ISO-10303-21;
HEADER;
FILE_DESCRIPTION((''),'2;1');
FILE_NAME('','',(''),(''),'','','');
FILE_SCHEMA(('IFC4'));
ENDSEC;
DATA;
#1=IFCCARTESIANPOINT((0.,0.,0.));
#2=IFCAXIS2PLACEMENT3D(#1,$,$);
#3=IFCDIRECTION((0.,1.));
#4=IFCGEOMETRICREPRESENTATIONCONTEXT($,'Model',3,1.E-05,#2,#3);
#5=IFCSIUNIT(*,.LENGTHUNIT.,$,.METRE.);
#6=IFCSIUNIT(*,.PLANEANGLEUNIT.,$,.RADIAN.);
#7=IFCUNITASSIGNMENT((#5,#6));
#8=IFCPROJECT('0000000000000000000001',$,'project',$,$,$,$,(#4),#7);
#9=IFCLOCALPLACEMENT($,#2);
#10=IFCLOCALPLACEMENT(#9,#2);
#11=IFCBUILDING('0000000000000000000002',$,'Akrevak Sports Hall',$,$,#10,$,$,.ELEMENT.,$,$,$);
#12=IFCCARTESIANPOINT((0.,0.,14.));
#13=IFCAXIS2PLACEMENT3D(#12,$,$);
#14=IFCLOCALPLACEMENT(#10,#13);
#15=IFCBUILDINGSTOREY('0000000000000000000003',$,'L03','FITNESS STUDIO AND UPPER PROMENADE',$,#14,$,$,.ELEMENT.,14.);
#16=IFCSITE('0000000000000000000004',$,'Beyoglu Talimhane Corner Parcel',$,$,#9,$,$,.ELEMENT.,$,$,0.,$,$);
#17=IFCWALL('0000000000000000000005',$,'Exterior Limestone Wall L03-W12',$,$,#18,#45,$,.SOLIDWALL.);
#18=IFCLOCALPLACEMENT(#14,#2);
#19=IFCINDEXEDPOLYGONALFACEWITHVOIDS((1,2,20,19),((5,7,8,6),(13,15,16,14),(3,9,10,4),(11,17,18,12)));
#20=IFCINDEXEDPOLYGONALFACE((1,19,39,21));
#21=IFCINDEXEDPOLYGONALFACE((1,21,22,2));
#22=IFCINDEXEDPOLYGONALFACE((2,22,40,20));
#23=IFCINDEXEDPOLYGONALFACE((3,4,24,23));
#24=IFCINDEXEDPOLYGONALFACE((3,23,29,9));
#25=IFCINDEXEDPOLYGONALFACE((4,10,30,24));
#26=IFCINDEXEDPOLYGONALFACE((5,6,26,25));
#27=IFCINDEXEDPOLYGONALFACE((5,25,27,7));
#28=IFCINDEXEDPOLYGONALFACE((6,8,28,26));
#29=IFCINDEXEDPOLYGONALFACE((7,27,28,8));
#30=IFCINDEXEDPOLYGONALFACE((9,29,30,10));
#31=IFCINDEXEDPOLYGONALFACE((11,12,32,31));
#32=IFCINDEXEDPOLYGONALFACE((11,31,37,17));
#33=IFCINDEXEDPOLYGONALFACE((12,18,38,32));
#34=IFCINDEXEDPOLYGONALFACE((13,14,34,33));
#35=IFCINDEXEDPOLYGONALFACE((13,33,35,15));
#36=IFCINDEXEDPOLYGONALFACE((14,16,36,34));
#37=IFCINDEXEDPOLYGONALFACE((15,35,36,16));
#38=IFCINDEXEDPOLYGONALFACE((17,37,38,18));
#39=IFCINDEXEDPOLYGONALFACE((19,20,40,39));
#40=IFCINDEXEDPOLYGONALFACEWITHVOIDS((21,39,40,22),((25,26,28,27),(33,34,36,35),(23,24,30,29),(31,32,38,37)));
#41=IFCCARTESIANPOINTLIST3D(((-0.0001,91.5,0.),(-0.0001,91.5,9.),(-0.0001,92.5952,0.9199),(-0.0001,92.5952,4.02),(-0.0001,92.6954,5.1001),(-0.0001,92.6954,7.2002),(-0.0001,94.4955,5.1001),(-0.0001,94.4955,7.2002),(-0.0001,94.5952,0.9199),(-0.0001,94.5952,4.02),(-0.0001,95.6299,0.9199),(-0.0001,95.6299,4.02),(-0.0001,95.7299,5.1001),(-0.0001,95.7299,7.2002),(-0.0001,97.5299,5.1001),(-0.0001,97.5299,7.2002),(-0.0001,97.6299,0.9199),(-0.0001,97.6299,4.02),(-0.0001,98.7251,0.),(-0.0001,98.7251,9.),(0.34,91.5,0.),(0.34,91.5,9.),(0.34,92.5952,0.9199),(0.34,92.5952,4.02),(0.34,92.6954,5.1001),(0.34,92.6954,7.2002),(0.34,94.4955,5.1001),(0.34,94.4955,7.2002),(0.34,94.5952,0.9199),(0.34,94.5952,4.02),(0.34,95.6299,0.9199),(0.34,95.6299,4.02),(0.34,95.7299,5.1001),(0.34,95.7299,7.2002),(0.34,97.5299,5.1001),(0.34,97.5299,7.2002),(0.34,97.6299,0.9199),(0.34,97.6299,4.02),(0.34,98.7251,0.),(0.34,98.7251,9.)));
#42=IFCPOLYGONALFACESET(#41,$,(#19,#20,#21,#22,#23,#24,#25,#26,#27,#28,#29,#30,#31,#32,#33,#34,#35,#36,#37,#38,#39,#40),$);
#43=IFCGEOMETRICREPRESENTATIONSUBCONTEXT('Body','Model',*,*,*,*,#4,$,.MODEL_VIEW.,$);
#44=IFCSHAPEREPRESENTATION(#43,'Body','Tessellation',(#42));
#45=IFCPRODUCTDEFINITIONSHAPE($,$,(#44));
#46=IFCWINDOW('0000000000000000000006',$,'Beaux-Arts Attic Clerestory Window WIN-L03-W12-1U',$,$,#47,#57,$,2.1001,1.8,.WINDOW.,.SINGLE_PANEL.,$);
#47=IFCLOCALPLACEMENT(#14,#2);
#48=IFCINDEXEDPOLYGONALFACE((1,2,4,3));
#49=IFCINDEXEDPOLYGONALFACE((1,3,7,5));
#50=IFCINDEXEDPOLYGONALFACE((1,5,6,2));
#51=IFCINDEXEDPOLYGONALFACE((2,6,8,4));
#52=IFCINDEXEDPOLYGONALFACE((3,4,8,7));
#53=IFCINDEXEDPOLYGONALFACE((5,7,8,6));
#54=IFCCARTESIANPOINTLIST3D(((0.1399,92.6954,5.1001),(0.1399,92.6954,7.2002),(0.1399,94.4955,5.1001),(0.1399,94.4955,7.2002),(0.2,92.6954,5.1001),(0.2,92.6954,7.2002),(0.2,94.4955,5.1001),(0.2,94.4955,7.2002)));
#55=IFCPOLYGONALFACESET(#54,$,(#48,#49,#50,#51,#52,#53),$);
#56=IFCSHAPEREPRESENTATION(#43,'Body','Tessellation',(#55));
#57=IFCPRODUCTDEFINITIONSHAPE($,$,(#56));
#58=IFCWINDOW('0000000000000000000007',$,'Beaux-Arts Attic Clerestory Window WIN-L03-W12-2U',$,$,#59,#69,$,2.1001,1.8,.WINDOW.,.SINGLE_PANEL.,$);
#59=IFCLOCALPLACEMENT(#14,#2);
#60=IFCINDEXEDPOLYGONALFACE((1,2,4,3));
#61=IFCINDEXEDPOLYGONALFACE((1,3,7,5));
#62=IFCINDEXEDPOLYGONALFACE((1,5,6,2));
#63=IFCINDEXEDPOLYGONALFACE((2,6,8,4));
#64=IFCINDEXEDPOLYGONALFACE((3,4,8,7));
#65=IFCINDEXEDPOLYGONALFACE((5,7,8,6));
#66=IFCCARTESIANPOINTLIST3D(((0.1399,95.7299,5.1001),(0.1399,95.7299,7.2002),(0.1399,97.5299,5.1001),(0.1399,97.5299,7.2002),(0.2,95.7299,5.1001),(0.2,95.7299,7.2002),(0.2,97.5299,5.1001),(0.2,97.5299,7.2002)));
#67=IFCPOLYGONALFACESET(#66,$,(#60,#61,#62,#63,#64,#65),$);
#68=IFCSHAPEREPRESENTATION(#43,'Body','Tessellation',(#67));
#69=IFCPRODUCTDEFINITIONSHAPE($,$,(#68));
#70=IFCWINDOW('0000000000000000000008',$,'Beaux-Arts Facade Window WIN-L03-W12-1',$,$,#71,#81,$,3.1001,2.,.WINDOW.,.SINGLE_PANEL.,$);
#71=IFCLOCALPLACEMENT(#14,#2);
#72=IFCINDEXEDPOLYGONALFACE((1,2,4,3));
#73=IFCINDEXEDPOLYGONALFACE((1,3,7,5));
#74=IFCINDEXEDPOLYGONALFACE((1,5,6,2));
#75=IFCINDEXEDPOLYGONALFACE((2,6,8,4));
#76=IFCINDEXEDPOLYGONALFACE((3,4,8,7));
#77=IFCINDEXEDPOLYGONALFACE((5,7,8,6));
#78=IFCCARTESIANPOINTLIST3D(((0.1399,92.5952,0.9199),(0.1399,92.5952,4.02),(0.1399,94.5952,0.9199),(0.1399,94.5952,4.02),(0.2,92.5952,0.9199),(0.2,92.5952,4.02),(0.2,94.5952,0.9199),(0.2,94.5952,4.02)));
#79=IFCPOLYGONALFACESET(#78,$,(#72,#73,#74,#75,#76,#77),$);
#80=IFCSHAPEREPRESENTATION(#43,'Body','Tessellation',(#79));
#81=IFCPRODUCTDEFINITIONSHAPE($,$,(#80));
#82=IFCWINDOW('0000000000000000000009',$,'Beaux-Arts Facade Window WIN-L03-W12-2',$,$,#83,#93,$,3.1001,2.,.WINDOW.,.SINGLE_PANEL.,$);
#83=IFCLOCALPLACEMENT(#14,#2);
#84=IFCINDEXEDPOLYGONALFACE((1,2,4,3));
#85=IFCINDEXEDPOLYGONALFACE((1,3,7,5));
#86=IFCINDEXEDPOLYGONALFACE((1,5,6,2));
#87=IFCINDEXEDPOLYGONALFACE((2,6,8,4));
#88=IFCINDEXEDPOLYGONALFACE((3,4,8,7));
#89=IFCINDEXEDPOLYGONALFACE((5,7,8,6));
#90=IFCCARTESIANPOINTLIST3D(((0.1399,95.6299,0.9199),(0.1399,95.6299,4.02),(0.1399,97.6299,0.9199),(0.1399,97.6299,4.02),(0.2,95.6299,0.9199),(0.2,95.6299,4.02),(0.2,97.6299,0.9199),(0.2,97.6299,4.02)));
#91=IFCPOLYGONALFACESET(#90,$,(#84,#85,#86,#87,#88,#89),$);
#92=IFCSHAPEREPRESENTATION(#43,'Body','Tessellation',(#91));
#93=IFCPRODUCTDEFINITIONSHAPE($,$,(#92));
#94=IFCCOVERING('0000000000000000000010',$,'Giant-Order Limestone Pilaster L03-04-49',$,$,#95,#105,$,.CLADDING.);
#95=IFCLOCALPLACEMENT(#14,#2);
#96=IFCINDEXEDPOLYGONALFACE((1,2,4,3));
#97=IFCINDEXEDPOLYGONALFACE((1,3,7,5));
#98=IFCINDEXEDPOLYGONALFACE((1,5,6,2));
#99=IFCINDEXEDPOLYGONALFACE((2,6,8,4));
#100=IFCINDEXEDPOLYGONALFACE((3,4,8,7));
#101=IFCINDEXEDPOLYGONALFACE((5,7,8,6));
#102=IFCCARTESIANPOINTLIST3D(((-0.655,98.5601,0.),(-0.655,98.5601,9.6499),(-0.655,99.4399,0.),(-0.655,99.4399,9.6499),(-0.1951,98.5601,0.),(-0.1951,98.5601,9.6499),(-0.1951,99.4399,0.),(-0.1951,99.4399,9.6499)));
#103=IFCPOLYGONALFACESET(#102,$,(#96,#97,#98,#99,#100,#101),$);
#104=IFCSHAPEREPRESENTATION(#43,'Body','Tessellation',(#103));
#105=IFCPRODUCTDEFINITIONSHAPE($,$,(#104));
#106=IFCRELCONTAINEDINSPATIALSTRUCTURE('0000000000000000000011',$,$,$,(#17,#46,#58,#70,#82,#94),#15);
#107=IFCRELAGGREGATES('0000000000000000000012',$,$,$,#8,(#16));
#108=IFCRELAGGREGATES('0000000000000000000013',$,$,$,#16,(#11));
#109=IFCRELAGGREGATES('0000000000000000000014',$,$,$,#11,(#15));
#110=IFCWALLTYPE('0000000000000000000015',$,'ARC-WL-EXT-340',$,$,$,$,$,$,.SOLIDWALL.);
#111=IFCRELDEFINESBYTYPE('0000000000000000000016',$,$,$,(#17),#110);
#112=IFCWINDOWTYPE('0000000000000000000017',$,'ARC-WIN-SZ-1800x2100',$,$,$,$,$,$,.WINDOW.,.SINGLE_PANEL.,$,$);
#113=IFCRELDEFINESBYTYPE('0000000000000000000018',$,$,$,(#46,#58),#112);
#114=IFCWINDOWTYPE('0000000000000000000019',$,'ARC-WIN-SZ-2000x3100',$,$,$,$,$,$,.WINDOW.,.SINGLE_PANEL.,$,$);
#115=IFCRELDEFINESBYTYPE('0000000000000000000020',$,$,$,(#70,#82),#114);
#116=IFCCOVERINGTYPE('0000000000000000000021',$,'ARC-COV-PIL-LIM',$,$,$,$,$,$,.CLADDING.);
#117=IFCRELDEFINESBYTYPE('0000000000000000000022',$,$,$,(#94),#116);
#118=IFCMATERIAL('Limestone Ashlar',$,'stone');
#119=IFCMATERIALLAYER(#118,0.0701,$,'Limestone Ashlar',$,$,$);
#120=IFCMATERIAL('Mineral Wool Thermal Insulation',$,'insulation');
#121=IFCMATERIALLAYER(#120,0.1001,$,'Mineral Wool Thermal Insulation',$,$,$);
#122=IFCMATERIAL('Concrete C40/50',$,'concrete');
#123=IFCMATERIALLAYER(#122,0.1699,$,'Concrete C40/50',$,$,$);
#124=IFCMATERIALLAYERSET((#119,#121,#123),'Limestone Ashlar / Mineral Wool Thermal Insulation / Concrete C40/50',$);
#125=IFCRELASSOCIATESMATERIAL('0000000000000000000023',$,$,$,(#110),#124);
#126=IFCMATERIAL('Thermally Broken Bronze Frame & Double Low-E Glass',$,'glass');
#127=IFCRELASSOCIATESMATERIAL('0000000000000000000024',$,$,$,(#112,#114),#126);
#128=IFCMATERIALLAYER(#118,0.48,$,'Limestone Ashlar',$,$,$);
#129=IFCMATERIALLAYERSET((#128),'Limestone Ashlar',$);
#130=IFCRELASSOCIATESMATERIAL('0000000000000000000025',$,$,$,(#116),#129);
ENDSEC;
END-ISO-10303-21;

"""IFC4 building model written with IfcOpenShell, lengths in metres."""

from ifc_helpers import new_model, si_unit, direction, frame, frame_2d, origin, origin_2d, place, context, subcontext, project, spatial, rectangle, extrude, material, layer, layer_set, type_object, element, fill, save


model = new_model("IFC4")

# Units and contexts
model_context = context("Model", 3, precision=1e-05, world=origin(), true_north=direction((0.0, 1.0)))
body_context = subcontext(model_context, "Body", "Model", "MODEL_VIEW")
ifc_project = project(units=[si_unit("LENGTHUNIT", "METRE"), si_unit("PLANEANGLEUNIT", "RADIAN")], contexts=[model_context])

# Site, building, storey
site_placement = place(None, origin())
site = spatial("IfcSite", under=ifc_project, at=site_placement, Name="Beyoglu Talimhane Corner Parcel", CompositionType="ELEMENT", RefElevation=0.0)
building_placement = place(site_placement, origin())
building = spatial("IfcBuilding", under=site, at=building_placement, Name="Akrevak Sports Hall", CompositionType="ELEMENT")
storey_placement = place(building_placement, frame((0.0, 0.0, 14.0)))
storey = spatial("IfcBuildingStorey", under=building, at=storey_placement, Name="L03", Description="FITNESS STUDIO AND UPPER PROMENADE", CompositionType="ELEMENT", Elevation=14.0)

# Shared definitions
ifc_material_1 = material(Name="Concrete C40/50", Category="concrete")

# Wall, openings, windows
ifc_material_2 = material(Name="Limestone Ashlar", Category="stone")
ifc_layer_1 = layer(ifc_material_2, 0.0701, Name="Limestone Ashlar")
ifc_material_3 = material(Name="Mineral Wool Thermal Insulation", Category="insulation")
ifc_layer_2 = layer(ifc_material_3, 0.1001, Name="Mineral Wool Thermal Insulation")
ifc_layer_3 = layer(ifc_material_1, 0.1699, Name="Concrete C40/50")
ifc_layer_set_1 = layer_set([ifc_layer_1, ifc_layer_2, ifc_layer_3], Name="Limestone Ashlar / Mineral Wool Thermal Insulation / Concrete C40/50")
wall_type = type_object("IfcWallType", Name="ARC-WL-EXT-340", PredefinedType="SOLIDWALL", material=ifc_layer_set_1)
ifc_material_4 = material(Name="Thermally Broken Bronze Frame & Double Low-E Glass", Category="glass")
window_type_1 = type_object("IfcWindowType", Name="ARC-WIN-SZ-1800x2100", PartitioningType="SINGLE_PANEL", PredefinedType="WINDOW", material=ifc_material_4)
window_type_2 = type_object("IfcWindowType", Name="ARC-WIN-SZ-2000x3100", PartitioningType="SINGLE_PANEL", PredefinedType="WINDOW", material=ifc_material_4)
wall_1_placement = place(storey_placement, frame((0.1699, 98.7251, 0.0), z_axis=(0.0, 0.0, 1.0), x_axis=(0.0, -1.0, 0.0)))
wall_1 = element("IfcWall", 1, at=wall_1_placement, inside=storey, type_object=wall_type, Name="Exterior Limestone Wall L03-W12", PredefinedType="SOLIDWALL", context=body_context, shape_type="SweptSolid", body=[
    extrude(rectangle(XDim=7.2251, YDim=0.3401, at=frame_2d((3.6125, 0.0))), origin(), (0.0, 0.0, 1.0), 9.0),
])
opening_1_placement = place(wall_1_placement, frame((4.1299, 0.0, 0.9199)))
opening_1 = element("IfcOpeningElement", 2, at=opening_1_placement, cuts=wall_1, PredefinedType="OPENING", context=body_context, shape_type="SweptSolid", body=[
    extrude(rectangle(XDim=2.0, YDim=3.1001, at=frame_2d((1.0, 1.55))), frame((0.0, 0.1821, 0.0), z_axis=(0.0, -1.0, 0.0), x_axis=(1.0, 0.0, 0.0)), (0.0, 0.0, 1.0), 0.364),
])
opening_2_placement = place(wall_1_placement, frame((4.2297, 0.0, 5.1001)))
opening_2 = element("IfcOpeningElement", 3, at=opening_2_placement, cuts=wall_1, PredefinedType="OPENING", context=body_context, shape_type="SweptSolid", body=[
    extrude(rectangle(XDim=1.8, YDim=2.1001, at=frame_2d((0.8999, 1.05))), frame((0.0, 0.1821, 0.0), z_axis=(0.0, -1.0, 0.0), x_axis=(1.0, 0.0, 0.0)), (0.0, 0.0, 1.0), 0.364),
])
opening_3_placement = place(wall_1_placement, frame((1.0952, 0.0, 0.9199)))
opening_3 = element("IfcOpeningElement", 4, at=opening_3_placement, cuts=wall_1, PredefinedType="OPENING", context=body_context, shape_type="SweptSolid", body=[
    extrude(rectangle(XDim=2.0, YDim=3.1001, at=frame_2d((1.0, 1.55))), frame((0.0, 0.1821, 0.0), z_axis=(0.0, -1.0, 0.0), x_axis=(1.0, 0.0, 0.0)), (0.0, 0.0, 1.0), 0.364),
])
opening_4_placement = place(wall_1_placement, frame((1.1953, 0.0, 5.1001)))
opening_4 = element("IfcOpeningElement", 5, at=opening_4_placement, cuts=wall_1, PredefinedType="OPENING", context=body_context, shape_type="SweptSolid", body=[
    extrude(rectangle(XDim=1.8, YDim=2.1001, at=frame_2d((0.8999, 1.05))), frame((0.0, 0.1821, 0.0), z_axis=(0.0, -1.0, 0.0), x_axis=(1.0, 0.0, 0.0)), (0.0, 0.0, 1.0), 0.364),
])
window_1_placement = place(opening_2_placement, origin())
window_1 = element("IfcWindow", 6, at=window_1_placement, inside=storey, type_object=window_type_1, Name="Beaux-Arts Attic Clerestory Window WIN-L03-W12-1U", OverallHeight=2.1001, OverallWidth=1.8, PartitioningType="SINGLE_PANEL", PredefinedType="WINDOW", context=body_context, shape_type="SweptSolid", body=[
    extrude(rectangle(XDim=1.8, YDim=2.1001, at=frame_2d((0.8999, 1.05))), frame((0.0, 0.03, 0.0), z_axis=(0.0, -1.0, 0.0), x_axis=(1.0, 0.0, 0.0)), (0.0, 0.0, 1.0), 0.0601),
])
fill(opening_2, window_1)
window_2_placement = place(opening_4_placement, origin())
window_2 = element("IfcWindow", 7, at=window_2_placement, inside=storey, type_object=window_type_1, Name="Beaux-Arts Attic Clerestory Window WIN-L03-W12-2U", OverallHeight=2.1001, OverallWidth=1.8, PartitioningType="SINGLE_PANEL", PredefinedType="WINDOW", context=body_context, shape_type="SweptSolid", body=[
    extrude(rectangle(XDim=1.8, YDim=2.1001, at=frame_2d((0.8999, 1.05))), frame((0.0, 0.03, 0.0), z_axis=(0.0, -1.0, 0.0), x_axis=(1.0, 0.0, 0.0)), (0.0, 0.0, 1.0), 0.0601),
])
fill(opening_4, window_2)
window_3_placement = place(opening_1_placement, origin())
window_3 = element("IfcWindow", 8, at=window_3_placement, inside=storey, type_object=window_type_2, Name="Beaux-Arts Facade Window WIN-L03-W12-1", OverallHeight=3.1001, OverallWidth=2.0, PartitioningType="SINGLE_PANEL", PredefinedType="WINDOW", context=body_context, shape_type="SweptSolid", body=[
    extrude(rectangle(XDim=2.0, YDim=3.1001, at=frame_2d((1.0, 1.55))), frame((0.0, 0.03, 0.0), z_axis=(0.0, -1.0, 0.0), x_axis=(1.0, 0.0, 0.0)), (0.0, 0.0, 1.0), 0.0601),
])
fill(opening_1, window_3)
window_4_placement = place(opening_3_placement, origin())
window_4 = element("IfcWindow", 9, at=window_4_placement, inside=storey, type_object=window_type_2, Name="Beaux-Arts Facade Window WIN-L03-W12-2", OverallHeight=3.1001, OverallWidth=2.0, PartitioningType="SINGLE_PANEL", PredefinedType="WINDOW", context=body_context, shape_type="SweptSolid", body=[
    extrude(rectangle(XDim=2.0, YDim=3.1001, at=frame_2d((1.0, 1.55))), frame((0.0, 0.03, 0.0), z_axis=(0.0, -1.0, 0.0), x_axis=(1.0, 0.0, 0.0)), (0.0, 0.0, 1.0), 0.0601),
])
fill(opening_3, window_4)

# Covering
ifc_layer_4 = layer(ifc_material_2, 0.48, Name="Limestone Ashlar")
ifc_layer_set_2 = layer_set([ifc_layer_4], Name="Limestone Ashlar")
covering_type = type_object("IfcCoveringType", Name="ARC-COV-PIL-LIM", PredefinedType="CLADDING", material=ifc_layer_set_2)
covering_placement = place(storey_placement, frame((-0.425, 99.0, 0.0), z_axis=(0.0, 0.0, 1.0), x_axis=(0.0, -1.0, 0.0)))
element("IfcCovering", 10, at=covering_placement, inside=storey, type_object=covering_type, Name="Giant-Order Limestone Pilaster L03-04-49", PredefinedType="CLADDING", context=body_context, shape_type="SweptSolid", body=[
    extrude(rectangle(XDim=0.8799, YDim=0.46, at=origin_2d()), origin(), (0.0, 0.0, 1.0), 9.6499),
])

save(model, "model.ifc")
